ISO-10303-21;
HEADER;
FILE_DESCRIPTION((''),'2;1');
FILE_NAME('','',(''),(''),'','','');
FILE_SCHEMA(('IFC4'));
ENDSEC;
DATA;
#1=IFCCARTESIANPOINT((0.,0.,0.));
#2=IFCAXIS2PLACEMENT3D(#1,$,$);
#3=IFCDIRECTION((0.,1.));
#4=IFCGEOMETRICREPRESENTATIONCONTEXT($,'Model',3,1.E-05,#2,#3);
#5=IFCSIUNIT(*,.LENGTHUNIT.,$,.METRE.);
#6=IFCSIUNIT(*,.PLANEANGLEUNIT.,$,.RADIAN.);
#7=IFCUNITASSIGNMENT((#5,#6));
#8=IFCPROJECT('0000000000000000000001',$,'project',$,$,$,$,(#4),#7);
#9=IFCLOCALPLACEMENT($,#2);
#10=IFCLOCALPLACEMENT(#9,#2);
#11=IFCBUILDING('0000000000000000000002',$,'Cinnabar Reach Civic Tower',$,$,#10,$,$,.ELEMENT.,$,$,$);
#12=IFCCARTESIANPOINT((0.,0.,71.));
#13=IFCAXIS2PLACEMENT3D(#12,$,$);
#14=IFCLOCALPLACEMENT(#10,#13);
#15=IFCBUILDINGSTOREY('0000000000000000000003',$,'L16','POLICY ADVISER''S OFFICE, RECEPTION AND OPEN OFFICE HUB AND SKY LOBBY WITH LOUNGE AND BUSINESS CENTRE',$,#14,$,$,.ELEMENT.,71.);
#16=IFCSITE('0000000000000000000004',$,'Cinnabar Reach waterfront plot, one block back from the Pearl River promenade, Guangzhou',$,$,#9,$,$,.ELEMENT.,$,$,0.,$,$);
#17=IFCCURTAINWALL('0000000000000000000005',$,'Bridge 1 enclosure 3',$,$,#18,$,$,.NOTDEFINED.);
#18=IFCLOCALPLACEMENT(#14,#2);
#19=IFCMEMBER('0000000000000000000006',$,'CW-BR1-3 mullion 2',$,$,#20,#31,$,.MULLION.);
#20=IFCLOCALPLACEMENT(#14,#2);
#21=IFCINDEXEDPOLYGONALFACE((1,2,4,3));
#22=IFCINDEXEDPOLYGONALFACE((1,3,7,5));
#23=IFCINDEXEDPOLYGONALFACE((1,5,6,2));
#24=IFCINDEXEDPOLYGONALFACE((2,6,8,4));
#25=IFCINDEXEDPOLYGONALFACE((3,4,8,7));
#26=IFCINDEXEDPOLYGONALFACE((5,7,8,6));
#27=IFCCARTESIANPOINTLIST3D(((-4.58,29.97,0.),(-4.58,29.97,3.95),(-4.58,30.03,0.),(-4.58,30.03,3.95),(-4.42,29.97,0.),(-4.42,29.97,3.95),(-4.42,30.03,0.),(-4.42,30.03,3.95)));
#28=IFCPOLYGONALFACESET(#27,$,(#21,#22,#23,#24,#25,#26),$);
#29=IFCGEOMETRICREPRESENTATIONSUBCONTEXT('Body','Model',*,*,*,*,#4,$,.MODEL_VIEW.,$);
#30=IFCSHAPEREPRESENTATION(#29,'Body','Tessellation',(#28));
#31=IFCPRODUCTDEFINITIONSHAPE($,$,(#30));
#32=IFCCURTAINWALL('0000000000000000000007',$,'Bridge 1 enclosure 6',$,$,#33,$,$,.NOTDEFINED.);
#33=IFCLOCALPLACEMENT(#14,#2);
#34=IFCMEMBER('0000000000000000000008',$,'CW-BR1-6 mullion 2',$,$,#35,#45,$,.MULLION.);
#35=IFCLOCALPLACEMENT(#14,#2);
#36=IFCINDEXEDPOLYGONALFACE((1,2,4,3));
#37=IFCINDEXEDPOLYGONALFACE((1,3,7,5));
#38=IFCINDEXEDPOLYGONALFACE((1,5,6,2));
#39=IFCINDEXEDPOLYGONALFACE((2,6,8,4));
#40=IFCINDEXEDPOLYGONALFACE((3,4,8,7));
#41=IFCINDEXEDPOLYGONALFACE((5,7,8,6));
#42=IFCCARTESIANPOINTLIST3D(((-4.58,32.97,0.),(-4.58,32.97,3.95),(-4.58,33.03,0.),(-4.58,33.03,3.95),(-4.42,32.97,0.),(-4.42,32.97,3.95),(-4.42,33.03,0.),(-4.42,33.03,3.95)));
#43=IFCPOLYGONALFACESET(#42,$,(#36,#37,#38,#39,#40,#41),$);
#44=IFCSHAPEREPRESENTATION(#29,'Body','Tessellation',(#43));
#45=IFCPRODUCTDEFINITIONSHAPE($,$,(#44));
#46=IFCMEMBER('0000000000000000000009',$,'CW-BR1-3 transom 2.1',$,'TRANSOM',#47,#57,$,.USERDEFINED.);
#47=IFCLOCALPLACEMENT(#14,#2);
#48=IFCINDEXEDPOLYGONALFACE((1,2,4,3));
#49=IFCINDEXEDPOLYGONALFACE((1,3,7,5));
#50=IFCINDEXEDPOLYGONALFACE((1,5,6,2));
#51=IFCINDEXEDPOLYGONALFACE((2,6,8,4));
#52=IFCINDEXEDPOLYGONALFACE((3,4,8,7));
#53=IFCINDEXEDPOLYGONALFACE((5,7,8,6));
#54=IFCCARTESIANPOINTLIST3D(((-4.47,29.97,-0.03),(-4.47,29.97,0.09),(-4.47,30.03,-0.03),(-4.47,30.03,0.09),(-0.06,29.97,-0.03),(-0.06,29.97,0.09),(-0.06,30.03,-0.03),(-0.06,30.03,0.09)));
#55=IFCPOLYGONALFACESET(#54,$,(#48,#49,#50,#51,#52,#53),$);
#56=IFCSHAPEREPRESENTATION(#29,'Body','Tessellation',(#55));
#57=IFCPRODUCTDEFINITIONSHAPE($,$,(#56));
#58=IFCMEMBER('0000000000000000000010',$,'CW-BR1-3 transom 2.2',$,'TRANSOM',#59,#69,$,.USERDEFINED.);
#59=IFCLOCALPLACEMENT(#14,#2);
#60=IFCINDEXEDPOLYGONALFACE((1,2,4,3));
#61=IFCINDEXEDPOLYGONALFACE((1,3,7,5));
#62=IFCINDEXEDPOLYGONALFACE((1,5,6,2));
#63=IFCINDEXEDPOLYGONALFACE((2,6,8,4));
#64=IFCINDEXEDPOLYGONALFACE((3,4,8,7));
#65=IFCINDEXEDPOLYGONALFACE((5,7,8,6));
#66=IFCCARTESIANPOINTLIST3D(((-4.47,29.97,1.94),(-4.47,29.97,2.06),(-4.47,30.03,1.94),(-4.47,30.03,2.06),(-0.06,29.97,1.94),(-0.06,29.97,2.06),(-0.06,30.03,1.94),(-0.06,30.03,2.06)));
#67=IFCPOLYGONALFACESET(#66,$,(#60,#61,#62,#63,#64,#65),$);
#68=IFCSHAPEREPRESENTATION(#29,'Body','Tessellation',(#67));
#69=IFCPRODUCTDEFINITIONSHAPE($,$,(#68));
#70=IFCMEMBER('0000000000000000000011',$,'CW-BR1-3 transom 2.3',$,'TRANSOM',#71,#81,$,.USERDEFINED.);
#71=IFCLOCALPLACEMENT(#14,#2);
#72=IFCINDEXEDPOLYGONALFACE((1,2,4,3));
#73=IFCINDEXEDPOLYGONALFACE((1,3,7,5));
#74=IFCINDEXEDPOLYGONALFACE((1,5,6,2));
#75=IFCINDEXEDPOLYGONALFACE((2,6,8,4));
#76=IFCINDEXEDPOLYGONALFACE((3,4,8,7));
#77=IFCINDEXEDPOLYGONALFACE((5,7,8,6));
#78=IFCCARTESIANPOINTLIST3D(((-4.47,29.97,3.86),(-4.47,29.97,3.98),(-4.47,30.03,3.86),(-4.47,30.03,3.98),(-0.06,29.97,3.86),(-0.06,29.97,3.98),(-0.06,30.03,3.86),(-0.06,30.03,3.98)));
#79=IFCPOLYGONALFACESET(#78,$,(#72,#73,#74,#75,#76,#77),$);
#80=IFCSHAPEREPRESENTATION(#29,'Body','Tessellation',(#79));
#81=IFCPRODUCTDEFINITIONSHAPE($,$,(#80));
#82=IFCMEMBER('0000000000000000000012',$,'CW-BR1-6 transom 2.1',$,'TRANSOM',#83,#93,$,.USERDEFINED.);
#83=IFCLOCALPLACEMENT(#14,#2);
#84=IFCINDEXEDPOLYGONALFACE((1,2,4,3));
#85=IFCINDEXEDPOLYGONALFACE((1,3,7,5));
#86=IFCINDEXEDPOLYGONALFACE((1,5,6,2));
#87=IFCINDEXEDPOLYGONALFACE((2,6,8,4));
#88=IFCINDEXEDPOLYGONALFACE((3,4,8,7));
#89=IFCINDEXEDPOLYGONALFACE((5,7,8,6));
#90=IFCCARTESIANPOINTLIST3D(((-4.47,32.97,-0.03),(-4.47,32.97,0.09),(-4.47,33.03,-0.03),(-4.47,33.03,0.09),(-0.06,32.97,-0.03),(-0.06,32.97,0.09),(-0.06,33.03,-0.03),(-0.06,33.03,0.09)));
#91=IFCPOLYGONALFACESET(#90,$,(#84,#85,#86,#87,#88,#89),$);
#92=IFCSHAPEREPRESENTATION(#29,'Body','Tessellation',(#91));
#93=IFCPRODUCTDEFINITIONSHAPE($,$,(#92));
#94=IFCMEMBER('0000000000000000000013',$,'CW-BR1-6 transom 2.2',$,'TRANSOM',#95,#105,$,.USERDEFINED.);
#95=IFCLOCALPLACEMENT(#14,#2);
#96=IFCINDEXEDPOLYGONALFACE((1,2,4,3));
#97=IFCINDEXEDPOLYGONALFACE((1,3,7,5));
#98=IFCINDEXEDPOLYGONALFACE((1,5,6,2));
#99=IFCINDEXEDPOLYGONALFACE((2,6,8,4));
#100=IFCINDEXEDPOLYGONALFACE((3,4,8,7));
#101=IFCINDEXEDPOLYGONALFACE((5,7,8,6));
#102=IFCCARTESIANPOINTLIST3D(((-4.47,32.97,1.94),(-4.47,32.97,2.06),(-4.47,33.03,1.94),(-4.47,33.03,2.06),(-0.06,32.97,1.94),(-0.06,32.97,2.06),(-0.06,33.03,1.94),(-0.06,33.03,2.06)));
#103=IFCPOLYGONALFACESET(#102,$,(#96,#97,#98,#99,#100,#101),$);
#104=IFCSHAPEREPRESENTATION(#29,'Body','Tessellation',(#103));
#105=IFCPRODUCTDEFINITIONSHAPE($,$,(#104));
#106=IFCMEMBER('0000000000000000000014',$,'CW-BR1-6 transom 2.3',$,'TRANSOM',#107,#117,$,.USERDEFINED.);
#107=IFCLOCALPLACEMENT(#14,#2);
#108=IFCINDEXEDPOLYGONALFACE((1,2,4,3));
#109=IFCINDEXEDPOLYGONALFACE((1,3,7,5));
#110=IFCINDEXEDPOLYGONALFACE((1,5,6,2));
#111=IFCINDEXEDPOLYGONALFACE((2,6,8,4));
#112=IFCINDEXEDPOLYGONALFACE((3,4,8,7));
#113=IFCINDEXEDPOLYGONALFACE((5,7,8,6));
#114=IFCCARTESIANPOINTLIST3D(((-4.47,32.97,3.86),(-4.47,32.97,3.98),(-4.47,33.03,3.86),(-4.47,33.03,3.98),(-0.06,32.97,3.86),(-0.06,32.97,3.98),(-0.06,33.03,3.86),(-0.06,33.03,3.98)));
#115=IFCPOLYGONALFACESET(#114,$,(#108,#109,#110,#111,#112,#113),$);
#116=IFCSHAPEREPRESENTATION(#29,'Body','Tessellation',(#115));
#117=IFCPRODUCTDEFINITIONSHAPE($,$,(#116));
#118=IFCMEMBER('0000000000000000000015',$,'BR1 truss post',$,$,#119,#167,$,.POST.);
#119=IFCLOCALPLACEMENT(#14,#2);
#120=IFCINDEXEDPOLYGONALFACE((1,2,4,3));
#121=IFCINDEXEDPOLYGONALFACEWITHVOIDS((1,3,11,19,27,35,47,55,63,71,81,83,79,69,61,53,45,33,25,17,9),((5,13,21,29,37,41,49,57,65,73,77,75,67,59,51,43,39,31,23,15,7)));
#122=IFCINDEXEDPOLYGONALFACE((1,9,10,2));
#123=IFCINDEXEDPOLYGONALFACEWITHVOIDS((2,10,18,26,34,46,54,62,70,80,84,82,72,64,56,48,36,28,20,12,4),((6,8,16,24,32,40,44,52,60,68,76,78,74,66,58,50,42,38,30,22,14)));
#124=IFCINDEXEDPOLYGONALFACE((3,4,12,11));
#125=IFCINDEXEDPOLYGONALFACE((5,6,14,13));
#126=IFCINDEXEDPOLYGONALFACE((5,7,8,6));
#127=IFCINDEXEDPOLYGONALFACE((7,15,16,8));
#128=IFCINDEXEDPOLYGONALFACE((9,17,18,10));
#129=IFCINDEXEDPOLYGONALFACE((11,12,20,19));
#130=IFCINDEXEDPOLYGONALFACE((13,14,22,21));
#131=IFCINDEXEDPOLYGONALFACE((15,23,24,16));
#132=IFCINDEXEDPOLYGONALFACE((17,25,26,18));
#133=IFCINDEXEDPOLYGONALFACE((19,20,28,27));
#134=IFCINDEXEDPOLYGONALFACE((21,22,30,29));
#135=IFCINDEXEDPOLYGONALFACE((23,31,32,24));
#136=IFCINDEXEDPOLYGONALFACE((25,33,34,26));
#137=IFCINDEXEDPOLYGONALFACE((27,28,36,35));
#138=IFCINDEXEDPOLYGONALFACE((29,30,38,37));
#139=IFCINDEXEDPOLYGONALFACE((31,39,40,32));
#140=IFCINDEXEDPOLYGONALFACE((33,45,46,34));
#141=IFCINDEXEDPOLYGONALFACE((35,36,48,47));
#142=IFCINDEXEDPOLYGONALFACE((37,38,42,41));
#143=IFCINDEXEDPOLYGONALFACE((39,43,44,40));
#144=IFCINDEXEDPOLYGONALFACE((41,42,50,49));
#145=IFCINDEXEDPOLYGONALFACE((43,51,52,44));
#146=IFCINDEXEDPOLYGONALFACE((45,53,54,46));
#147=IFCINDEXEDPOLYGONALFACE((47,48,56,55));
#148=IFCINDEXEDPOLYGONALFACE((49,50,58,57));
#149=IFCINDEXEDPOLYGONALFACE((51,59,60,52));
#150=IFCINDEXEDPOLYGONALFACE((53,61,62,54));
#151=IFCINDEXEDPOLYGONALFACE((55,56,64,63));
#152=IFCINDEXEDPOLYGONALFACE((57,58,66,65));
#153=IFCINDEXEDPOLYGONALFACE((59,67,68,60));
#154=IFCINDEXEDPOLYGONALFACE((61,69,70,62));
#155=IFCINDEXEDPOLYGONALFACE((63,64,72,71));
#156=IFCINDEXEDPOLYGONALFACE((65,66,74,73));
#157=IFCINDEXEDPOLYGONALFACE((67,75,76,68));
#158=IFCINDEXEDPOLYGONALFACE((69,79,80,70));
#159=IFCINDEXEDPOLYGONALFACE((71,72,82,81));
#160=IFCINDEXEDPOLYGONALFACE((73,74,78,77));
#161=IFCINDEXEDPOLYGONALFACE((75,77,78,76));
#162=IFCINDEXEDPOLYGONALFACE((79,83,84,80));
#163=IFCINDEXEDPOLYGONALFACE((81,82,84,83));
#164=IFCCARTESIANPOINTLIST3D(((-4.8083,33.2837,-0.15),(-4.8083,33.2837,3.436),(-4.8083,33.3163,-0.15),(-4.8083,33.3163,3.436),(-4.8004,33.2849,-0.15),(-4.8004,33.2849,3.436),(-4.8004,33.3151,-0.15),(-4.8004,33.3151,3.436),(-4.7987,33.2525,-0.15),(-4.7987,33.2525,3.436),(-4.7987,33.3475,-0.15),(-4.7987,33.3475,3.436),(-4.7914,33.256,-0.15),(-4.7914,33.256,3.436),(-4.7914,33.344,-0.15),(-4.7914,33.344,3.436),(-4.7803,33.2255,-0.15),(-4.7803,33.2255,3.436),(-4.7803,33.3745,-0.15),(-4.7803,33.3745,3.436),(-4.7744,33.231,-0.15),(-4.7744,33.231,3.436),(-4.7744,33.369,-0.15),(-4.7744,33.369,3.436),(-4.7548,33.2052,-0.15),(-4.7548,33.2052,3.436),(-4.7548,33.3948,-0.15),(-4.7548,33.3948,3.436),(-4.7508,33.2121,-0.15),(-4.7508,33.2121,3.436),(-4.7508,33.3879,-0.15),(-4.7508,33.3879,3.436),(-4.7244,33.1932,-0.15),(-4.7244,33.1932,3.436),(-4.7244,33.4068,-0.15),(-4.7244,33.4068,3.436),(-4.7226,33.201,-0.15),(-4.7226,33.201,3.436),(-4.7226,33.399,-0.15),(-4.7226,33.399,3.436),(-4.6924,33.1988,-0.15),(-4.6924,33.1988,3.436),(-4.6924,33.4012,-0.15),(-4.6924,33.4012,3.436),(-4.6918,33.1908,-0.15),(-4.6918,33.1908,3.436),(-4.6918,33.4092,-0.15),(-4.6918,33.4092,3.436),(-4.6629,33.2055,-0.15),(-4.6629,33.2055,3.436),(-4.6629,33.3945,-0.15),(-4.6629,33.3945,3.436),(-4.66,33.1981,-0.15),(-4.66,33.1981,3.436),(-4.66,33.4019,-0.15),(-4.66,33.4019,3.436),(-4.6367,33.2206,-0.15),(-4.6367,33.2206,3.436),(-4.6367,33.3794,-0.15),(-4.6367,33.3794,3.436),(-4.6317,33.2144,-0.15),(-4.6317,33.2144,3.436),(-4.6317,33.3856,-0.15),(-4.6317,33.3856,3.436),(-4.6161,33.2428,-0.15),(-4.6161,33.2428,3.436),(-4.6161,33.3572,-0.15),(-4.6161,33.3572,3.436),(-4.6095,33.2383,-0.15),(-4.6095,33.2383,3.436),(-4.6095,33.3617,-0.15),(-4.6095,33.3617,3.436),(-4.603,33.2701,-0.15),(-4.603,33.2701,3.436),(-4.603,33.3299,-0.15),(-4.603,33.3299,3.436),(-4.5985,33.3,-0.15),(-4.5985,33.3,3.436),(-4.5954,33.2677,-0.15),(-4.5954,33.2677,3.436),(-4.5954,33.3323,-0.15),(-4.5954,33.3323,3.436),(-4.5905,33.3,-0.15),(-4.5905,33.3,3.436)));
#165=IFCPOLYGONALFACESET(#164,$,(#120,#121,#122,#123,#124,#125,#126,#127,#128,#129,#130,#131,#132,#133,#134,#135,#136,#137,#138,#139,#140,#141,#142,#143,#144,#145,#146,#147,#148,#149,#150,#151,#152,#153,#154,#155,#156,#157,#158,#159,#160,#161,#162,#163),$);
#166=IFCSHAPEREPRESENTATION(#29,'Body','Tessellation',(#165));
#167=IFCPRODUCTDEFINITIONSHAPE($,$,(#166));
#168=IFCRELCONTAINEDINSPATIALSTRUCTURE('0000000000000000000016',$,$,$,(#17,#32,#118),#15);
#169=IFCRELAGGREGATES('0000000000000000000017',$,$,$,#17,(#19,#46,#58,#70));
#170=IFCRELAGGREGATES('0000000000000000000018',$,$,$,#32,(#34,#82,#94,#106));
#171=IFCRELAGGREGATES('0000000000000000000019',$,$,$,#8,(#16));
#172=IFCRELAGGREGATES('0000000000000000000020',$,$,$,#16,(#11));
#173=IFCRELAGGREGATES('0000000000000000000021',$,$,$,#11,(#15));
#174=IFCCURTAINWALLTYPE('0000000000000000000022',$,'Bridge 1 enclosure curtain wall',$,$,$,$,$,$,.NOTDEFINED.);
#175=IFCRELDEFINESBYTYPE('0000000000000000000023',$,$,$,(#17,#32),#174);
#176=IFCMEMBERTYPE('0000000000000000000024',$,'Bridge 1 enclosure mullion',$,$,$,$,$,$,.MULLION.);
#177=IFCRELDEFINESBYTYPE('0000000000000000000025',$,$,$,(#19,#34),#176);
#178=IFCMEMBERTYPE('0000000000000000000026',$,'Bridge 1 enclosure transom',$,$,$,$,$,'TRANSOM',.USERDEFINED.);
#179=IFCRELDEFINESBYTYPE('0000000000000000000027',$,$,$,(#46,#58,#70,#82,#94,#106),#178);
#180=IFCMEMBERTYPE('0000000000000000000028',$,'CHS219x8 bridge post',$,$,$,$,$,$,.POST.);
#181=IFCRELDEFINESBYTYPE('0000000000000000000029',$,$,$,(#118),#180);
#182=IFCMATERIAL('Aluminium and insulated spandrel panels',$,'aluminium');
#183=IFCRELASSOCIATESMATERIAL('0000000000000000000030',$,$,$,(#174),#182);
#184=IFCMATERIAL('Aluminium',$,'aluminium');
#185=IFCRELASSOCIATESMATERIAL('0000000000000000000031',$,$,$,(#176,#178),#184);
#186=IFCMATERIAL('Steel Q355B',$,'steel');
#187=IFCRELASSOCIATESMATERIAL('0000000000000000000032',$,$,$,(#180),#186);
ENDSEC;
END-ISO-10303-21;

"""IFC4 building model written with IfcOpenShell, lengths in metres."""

from ifc_helpers import new_model, si_unit, direction, frame, origin, origin_2d, place, context, subcontext, project, spatial, rectangle, hollow_circle, extrude, material, material_profile, profile_set, type_object, element, aggregate, save


model = new_model("IFC4")

# Units and contexts
model_context = context("Model", 3, precision=1e-05, world=origin(), true_north=direction((0.0, 1.0)))
body_context = subcontext(model_context, "Body", "Model", "MODEL_VIEW")
ifc_project = project(units=[si_unit("LENGTHUNIT", "METRE"), si_unit("PLANEANGLEUNIT", "RADIAN")], contexts=[model_context])

# Site, building, storey
site_placement = place(None, origin())
site = spatial("IfcSite", under=ifc_project, at=site_placement, Name="Cinnabar Reach waterfront plot, one block back from the Pearl River promenade, Guangzhou", CompositionType="ELEMENT", RefElevation=0.0)
building_placement = place(site_placement, origin())
building = spatial("IfcBuilding", under=site, at=building_placement, Name="Cinnabar Reach Civic Tower", CompositionType="ELEMENT")
storey_placement = place(building_placement, frame((0.0, 0.0, 71.0)))
storey = spatial("IfcBuildingStorey", under=building, at=storey_placement, Name="L16", Description="POLICY ADVISER'S OFFICE, RECEPTION AND OPEN OFFICE HUB AND SKY LOBBY WITH LOUNGE AND BUSINESS CENTRE", CompositionType="ELEMENT", Elevation=71.0)

# Curtain walls, members
ifc_material_1 = material(Name="Aluminium and insulated spandrel panels", Category="aluminium")
curtain_wall_type = type_object("IfcCurtainWallType", Name="Bridge 1 enclosure curtain wall", PredefinedType="NOTDEFINED", material=ifc_material_1)
curtain_wall_1_placement = place(storey_placement, origin())
curtain_wall_1 = element("IfcCurtainWall", 1, at=curtain_wall_1_placement, inside=storey, type_object=curtain_wall_type, Name="Bridge 1 enclosure 3", PredefinedType="NOTDEFINED")
ifc_material_2 = material(Name="Aluminium", Category="aluminium")
ifc_material_profile_1 = material_profile(ifc_material_2, rectangle(XDim=0.06, YDim=0.16, at=origin_2d()), Name="Bridge 1 enclosure mullion")
ifc_profile_set_1 = profile_set([ifc_material_profile_1], Name="Aluminium")
member_type_1 = type_object("IfcMemberType", Name="Bridge 1 enclosure mullion", PredefinedType="MULLION", material=ifc_profile_set_1)
member_1_placement = place(storey_placement, frame((-4.5, 30.0, 0.0), z_axis=(0.0, 0.0, 1.0), x_axis=(0.0, 1.0, 0.0)))
member_1 = element("IfcMember", 2, at=member_1_placement, type_object=member_type_1, Name="CW-BR1-3 mullion 2", PredefinedType="MULLION", context=body_context, shape_type="SweptSolid", body=[
    extrude(rectangle(XDim=0.06, YDim=0.16, at=origin_2d()), origin(), (0.0, 0.0, 1.0), 3.95),
])
curtain_wall_2_placement = place(storey_placement, origin())
curtain_wall_2 = element("IfcCurtainWall", 3, at=curtain_wall_2_placement, inside=storey, type_object=curtain_wall_type, Name="Bridge 1 enclosure 6", PredefinedType="NOTDEFINED")
member_2_placement = place(storey_placement, frame((-4.5, 33.0, 0.0), z_axis=(0.0, 0.0, 1.0), x_axis=(0.0, 1.0, 0.0)))
member_2 = element("IfcMember", 4, at=member_2_placement, type_object=member_type_1, Name="CW-BR1-6 mullion 2", PredefinedType="MULLION", context=body_context, shape_type="SweptSolid", body=[
    extrude(rectangle(XDim=0.06, YDim=0.16, at=origin_2d()), origin(), (0.0, 0.0, 1.0), 3.95),
])

# Members
ifc_material_profile_2 = material_profile(ifc_material_2, rectangle(XDim=0.06, YDim=0.12, at=origin_2d()), Name="Bridge 1 enclosure transom")
ifc_profile_set_2 = profile_set([ifc_material_profile_2], Name="Aluminium")
member_type_2 = type_object("IfcMemberType", Name="Bridge 1 enclosure transom", ElementType="TRANSOM", PredefinedType="USERDEFINED", material=ifc_profile_set_2)
member_3_placement = place(storey_placement, frame((-4.47, 30.0, 0.03), z_axis=(1.0, 0.0, 0.0), x_axis=(0.0, 1.0, 0.0)))
member_3 = element("IfcMember", 5, at=member_3_placement, type_object=member_type_2, Name="CW-BR1-3 transom 2.1", ObjectType="TRANSOM", PredefinedType="USERDEFINED", context=body_context, shape_type="SweptSolid", body=[
    extrude(rectangle(XDim=0.06, YDim=0.12, at=origin_2d()), origin(), (0.0, 0.0, 1.0), 4.41),
])
member_4_placement = place(storey_placement, frame((-4.47, 30.0, 2.0), z_axis=(1.0, 0.0, 0.0), x_axis=(0.0, 1.0, 0.0)))
member_4 = element("IfcMember", 6, at=member_4_placement, type_object=member_type_2, Name="CW-BR1-3 transom 2.2", ObjectType="TRANSOM", PredefinedType="USERDEFINED", context=body_context, shape_type="SweptSolid", body=[
    extrude(rectangle(XDim=0.06, YDim=0.12, at=origin_2d()), origin(), (0.0, 0.0, 1.0), 4.41),
])
member_5_placement = place(storey_placement, frame((-4.47, 30.0, 3.92), z_axis=(1.0, 0.0, 0.0), x_axis=(0.0, 1.0, 0.0)))
member_5 = element("IfcMember", 7, at=member_5_placement, type_object=member_type_2, Name="CW-BR1-3 transom 2.3", ObjectType="TRANSOM", PredefinedType="USERDEFINED", context=body_context, shape_type="SweptSolid", body=[
    extrude(rectangle(XDim=0.06, YDim=0.12, at=origin_2d()), origin(), (0.0, 0.0, 1.0), 4.41),
])
member_6_placement = place(storey_placement, frame((-4.47, 33.0, 0.03), z_axis=(1.0, 0.0, 0.0), x_axis=(0.0, 1.0, 0.0)))
member_6 = element("IfcMember", 8, at=member_6_placement, type_object=member_type_2, Name="CW-BR1-6 transom 2.1", ObjectType="TRANSOM", PredefinedType="USERDEFINED", context=body_context, shape_type="SweptSolid", body=[
    extrude(rectangle(XDim=0.06, YDim=0.12, at=origin_2d()), origin(), (0.0, 0.0, 1.0), 4.41),
])
member_7_placement = place(storey_placement, frame((-4.47, 33.0, 2.0), z_axis=(1.0, 0.0, 0.0), x_axis=(0.0, 1.0, 0.0)))
member_7 = element("IfcMember", 9, at=member_7_placement, type_object=member_type_2, Name="CW-BR1-6 transom 2.2", ObjectType="TRANSOM", PredefinedType="USERDEFINED", context=body_context, shape_type="SweptSolid", body=[
    extrude(rectangle(XDim=0.06, YDim=0.12, at=origin_2d()), origin(), (0.0, 0.0, 1.0), 4.41),
])
member_8_placement = place(storey_placement, frame((-4.47, 33.0, 3.92), z_axis=(1.0, 0.0, 0.0), x_axis=(0.0, 1.0, 0.0)))
member_8 = element("IfcMember", 10, at=member_8_placement, type_object=member_type_2, Name="CW-BR1-6 transom 2.3", ObjectType="TRANSOM", PredefinedType="USERDEFINED", context=body_context, shape_type="SweptSolid", body=[
    extrude(rectangle(XDim=0.06, YDim=0.12, at=origin_2d()), origin(), (0.0, 0.0, 1.0), 4.41),
])

# Member
ifc_material_3 = material(Name="Steel Q355B", Category="steel")
ifc_material_profile_3 = material_profile(ifc_material_3, hollow_circle(Radius=0.1095, WallThickness=0.008, at=origin_2d()), Name="CHS219x8")
ifc_profile_set_3 = profile_set([ifc_material_profile_3], Name="Steel Q355B")
member_type_3 = type_object("IfcMemberType", Name="CHS219x8 bridge post", PredefinedType="POST", material=ifc_profile_set_3)
for number, where, z_axis, x_axis, name in (
    (11, (-4.7, 33.3, -0.15), (0.0, 0.0, 1.0), (1.0, 0.0, 0.0), "BR1 truss post"),
):
    element("IfcMember", number, at=place(storey_placement, frame(where, z_axis=z_axis, x_axis=x_axis)), inside=storey, type_object=member_type_3, Name=name, PredefinedType="POST", context=body_context, shape_type="SweptSolid", body=[
        extrude(hollow_circle(Radius=0.1095, WallThickness=0.008, at=origin_2d()), origin(), (0.0, 0.0, 1.0), 3.586),
    ])

aggregate(curtain_wall_1, [member_1, member_3, member_4, member_5])
aggregate(curtain_wall_2, [member_2, member_6, member_7, member_8])

save(model, "model.ifc")
